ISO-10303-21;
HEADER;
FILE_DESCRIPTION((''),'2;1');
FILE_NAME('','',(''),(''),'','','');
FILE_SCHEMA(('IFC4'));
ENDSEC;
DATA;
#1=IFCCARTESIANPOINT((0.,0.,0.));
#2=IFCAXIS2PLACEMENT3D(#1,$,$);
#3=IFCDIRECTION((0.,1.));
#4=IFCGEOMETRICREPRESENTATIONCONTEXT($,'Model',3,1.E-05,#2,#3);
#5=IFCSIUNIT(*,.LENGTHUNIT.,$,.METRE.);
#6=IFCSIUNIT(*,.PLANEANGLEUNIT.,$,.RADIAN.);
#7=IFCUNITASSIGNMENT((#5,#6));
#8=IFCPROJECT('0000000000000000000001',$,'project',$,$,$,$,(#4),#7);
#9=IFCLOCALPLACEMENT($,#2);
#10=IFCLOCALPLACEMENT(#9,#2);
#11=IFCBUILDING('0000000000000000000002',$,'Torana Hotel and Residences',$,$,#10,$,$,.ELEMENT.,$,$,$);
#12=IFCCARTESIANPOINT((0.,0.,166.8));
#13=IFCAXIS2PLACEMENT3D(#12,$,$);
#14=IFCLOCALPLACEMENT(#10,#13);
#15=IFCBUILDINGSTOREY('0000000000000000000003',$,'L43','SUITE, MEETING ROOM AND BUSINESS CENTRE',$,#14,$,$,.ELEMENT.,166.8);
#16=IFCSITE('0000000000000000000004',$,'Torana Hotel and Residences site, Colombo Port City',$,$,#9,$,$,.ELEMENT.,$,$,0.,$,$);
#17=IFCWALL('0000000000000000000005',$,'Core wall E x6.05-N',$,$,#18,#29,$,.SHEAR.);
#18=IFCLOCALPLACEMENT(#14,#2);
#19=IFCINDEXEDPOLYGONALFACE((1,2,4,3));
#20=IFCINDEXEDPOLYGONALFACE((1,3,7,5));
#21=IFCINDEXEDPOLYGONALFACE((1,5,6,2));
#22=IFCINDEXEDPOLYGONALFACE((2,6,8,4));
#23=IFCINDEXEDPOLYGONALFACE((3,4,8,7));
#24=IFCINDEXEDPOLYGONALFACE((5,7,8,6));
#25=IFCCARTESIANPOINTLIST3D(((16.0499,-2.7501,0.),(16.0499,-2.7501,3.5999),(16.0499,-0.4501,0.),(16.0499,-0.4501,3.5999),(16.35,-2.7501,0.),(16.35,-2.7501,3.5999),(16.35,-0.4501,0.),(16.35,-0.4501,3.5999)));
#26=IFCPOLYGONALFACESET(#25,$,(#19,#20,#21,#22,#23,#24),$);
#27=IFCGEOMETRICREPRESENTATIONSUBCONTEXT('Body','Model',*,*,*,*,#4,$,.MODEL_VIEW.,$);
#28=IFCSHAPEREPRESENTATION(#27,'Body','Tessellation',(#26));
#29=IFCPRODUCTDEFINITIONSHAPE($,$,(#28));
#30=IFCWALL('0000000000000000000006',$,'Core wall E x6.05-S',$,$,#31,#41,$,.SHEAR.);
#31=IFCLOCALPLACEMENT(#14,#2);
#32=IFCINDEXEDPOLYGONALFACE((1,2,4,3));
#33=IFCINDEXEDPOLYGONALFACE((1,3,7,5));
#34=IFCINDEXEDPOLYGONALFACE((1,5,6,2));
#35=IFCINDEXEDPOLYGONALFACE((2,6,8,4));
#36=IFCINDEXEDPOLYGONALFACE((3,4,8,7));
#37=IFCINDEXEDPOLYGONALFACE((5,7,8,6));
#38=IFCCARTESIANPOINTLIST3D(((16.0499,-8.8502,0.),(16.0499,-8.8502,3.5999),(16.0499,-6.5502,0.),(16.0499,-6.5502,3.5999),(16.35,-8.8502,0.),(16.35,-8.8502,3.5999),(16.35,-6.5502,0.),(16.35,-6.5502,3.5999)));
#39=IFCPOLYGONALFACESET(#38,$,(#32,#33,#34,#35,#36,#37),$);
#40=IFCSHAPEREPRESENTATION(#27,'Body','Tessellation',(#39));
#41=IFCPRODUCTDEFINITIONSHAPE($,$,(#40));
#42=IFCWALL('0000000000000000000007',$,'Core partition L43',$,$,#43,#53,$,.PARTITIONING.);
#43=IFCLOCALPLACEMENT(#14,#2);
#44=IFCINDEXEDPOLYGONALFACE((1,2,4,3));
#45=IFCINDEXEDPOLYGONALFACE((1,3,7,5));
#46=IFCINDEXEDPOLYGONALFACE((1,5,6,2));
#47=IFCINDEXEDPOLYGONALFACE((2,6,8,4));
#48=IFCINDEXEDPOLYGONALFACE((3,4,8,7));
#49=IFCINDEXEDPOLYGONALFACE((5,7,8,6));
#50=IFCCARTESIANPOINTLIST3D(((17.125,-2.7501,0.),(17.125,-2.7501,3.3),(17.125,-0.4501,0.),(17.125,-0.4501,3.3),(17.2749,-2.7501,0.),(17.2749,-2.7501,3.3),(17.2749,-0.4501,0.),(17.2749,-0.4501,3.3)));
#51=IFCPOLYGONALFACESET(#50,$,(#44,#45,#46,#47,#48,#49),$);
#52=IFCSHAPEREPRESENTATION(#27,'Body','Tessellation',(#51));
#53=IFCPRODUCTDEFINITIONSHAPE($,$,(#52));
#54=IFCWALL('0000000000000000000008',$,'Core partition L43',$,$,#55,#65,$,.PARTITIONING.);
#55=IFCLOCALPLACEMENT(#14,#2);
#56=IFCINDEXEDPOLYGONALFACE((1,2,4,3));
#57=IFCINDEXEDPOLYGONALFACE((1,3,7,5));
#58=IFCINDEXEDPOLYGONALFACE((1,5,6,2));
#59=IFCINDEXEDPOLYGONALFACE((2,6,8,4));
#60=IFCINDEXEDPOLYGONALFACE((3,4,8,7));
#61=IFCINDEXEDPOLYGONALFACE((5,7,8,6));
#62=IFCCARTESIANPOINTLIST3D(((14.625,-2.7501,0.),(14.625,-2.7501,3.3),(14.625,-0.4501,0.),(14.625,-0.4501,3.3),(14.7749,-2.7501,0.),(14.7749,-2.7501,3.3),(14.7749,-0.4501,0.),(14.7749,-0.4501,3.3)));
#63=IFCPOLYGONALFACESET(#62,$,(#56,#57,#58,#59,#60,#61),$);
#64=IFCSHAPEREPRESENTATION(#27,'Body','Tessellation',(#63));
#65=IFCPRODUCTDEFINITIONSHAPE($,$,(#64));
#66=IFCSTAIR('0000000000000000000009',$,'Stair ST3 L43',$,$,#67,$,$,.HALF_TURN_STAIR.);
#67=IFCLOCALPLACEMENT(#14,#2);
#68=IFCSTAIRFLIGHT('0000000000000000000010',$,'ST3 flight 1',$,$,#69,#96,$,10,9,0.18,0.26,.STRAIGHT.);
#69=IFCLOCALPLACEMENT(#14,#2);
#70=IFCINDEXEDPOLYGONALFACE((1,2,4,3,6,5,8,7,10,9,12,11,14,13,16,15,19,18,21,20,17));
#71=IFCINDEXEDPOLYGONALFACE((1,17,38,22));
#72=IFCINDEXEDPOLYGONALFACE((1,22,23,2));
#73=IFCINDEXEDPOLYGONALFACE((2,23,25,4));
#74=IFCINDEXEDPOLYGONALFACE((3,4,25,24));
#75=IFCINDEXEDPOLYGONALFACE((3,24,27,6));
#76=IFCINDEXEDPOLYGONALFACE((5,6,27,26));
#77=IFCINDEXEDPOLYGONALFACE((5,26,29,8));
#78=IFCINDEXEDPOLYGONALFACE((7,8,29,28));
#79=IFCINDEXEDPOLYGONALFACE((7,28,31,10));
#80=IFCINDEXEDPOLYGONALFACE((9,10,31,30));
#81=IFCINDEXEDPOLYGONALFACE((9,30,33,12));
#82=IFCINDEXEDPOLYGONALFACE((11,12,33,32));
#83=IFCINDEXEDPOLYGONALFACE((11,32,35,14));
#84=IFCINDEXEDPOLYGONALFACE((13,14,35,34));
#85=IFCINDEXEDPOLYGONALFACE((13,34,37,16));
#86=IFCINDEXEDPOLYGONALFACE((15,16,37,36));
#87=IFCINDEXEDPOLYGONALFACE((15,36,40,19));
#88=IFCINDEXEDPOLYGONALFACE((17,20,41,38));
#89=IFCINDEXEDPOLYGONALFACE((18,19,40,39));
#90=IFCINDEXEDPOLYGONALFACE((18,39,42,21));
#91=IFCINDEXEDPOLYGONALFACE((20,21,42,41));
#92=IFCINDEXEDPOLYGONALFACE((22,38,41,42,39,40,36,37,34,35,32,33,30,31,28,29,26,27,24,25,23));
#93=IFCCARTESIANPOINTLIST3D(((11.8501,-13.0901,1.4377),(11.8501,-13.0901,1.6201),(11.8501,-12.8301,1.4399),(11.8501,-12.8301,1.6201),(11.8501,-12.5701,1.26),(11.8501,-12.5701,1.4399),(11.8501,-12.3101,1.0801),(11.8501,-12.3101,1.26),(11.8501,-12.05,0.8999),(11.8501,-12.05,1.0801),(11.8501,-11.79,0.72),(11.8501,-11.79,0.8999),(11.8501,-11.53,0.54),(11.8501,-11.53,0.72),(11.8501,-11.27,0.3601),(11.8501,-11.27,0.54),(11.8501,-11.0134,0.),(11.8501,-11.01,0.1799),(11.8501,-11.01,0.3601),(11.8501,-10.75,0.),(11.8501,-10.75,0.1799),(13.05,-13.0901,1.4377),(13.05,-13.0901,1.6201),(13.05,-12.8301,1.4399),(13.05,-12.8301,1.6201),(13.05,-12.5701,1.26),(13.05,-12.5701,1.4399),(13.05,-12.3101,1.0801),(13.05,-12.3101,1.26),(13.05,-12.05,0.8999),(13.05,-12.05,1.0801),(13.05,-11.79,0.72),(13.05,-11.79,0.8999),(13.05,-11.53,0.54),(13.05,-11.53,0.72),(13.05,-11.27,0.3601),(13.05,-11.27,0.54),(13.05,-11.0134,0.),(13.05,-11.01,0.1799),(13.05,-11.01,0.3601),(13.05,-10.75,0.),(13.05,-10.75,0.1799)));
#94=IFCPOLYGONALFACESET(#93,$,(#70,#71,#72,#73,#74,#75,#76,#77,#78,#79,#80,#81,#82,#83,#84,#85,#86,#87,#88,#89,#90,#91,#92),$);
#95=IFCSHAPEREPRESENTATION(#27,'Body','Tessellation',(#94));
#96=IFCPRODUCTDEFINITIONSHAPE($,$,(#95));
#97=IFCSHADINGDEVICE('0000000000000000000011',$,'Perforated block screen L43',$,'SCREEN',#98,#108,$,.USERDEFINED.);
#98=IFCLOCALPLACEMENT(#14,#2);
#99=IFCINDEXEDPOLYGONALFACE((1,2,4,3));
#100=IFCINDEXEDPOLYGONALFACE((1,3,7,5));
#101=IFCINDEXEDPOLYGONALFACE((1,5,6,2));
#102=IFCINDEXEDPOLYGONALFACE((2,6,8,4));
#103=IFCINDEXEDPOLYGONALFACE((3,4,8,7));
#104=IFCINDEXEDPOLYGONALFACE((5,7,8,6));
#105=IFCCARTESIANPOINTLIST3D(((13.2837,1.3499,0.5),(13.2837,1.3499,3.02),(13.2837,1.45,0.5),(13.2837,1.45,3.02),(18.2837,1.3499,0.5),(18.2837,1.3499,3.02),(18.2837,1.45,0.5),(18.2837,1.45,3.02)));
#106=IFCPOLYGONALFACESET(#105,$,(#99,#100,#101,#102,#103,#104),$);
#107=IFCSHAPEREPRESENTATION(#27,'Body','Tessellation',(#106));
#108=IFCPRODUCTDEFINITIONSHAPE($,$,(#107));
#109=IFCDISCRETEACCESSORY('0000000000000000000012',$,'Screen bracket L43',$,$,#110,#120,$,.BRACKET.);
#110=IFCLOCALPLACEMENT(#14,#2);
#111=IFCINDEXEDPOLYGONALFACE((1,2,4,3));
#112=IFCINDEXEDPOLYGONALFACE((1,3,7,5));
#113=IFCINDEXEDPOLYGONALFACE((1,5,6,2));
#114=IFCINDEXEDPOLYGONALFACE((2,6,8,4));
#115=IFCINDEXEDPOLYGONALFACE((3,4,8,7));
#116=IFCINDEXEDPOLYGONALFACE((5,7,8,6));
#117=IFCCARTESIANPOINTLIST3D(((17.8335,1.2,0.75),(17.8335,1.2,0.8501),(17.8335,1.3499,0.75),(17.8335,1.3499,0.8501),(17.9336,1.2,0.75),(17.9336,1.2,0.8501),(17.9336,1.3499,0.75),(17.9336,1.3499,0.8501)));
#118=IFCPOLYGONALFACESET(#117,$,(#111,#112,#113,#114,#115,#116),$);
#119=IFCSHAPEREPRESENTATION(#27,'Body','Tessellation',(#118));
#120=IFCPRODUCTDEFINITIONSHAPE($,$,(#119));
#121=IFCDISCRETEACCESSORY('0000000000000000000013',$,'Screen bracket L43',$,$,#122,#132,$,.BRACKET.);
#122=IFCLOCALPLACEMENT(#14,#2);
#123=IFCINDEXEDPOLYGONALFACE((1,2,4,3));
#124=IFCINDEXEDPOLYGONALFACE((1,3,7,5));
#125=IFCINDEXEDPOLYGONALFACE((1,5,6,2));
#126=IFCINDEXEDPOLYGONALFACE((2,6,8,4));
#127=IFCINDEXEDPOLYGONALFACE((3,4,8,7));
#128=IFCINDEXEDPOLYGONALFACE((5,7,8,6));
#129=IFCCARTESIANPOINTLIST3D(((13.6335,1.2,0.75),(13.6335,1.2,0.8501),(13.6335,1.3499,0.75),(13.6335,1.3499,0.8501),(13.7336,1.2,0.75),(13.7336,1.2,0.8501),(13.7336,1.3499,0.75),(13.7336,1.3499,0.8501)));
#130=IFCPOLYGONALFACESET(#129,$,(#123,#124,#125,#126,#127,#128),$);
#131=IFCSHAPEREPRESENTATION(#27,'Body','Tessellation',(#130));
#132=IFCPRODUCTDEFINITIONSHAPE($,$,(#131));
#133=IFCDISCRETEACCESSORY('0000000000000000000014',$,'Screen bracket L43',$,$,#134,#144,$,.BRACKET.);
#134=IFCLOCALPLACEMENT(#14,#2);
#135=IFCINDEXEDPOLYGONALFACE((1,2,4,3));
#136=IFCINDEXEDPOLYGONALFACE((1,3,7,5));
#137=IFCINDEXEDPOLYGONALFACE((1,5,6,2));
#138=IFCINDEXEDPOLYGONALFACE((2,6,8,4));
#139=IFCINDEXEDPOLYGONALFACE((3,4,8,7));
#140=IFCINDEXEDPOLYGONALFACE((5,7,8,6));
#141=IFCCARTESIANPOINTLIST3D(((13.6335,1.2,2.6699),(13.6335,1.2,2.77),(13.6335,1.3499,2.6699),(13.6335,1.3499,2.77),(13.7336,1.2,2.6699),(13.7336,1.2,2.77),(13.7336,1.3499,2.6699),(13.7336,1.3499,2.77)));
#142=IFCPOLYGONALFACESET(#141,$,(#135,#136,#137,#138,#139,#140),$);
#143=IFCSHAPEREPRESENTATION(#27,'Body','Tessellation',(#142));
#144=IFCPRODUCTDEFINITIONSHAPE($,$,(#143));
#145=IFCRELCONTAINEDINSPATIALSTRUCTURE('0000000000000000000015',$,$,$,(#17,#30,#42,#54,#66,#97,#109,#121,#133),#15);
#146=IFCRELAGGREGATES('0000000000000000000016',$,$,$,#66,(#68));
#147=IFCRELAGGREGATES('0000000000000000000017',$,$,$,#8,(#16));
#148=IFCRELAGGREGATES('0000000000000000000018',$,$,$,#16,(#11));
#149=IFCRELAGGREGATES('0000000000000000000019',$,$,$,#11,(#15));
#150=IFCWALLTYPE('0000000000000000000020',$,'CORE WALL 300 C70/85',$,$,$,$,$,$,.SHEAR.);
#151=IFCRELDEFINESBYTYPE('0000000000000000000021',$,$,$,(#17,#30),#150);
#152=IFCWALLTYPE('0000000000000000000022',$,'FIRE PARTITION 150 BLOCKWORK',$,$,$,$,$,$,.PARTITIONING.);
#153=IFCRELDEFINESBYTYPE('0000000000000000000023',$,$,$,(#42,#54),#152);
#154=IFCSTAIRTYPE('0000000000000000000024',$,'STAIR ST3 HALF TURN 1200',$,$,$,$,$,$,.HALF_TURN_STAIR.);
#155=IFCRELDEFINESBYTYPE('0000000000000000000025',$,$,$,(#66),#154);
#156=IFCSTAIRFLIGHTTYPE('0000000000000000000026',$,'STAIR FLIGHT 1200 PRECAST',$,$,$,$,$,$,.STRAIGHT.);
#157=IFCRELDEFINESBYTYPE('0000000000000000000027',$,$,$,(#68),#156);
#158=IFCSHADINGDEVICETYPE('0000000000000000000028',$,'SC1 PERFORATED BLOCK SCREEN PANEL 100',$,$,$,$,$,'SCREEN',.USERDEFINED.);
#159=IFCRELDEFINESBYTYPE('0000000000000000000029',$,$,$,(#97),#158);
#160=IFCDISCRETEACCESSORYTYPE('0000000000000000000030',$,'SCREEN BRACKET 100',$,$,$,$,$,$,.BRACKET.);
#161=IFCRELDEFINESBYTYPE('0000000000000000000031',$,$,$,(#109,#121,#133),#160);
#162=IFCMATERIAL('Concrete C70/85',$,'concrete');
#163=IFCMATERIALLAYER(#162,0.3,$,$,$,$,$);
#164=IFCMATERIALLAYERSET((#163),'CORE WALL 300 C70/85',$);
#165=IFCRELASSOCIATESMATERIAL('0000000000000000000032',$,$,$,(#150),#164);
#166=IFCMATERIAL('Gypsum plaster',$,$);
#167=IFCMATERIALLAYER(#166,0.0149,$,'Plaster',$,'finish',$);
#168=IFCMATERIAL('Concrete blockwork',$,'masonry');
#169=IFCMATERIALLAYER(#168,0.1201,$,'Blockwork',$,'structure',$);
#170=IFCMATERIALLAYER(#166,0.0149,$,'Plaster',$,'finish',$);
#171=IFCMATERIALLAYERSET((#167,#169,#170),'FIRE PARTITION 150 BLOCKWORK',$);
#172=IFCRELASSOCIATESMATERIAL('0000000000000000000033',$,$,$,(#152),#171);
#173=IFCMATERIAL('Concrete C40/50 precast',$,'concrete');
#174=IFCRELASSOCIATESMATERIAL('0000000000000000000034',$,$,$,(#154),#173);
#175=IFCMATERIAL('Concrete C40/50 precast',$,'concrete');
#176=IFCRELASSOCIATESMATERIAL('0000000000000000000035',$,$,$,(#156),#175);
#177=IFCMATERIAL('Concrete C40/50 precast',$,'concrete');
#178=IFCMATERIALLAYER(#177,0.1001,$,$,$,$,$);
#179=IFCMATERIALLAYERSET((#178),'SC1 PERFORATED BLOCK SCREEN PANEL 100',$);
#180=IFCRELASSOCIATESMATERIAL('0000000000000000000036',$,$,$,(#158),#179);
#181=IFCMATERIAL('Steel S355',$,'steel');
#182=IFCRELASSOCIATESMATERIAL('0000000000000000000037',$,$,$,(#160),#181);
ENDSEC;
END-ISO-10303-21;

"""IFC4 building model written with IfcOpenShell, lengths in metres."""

from ifc_helpers import new_model, si_unit, direction, frame, frame_2d, origin, origin_2d, place, context, subcontext, project, spatial, polyline, rectangle, outline, extrude, material, layer, layer_set, type_object, element, aggregate, save


model = new_model("IFC4")

# Units and contexts
model_context = context("Model", 3, precision=1e-05, world=origin(), true_north=direction((0.0, 1.0)))
body_context = subcontext(model_context, "Body", "Model", "MODEL_VIEW")
ifc_project = project(units=[si_unit("LENGTHUNIT", "METRE"), si_unit("PLANEANGLEUNIT", "RADIAN")], contexts=[model_context])

# Site, building, storey
site_placement = place(None, origin())
site = spatial("IfcSite", under=ifc_project, at=site_placement, Name="Torana Hotel and Residences site, Colombo Port City", CompositionType="ELEMENT", RefElevation=0.0)
building_placement = place(site_placement, origin())
building = spatial("IfcBuilding", under=site, at=building_placement, Name="Torana Hotel and Residences", CompositionType="ELEMENT")
storey_placement = place(building_placement, frame((0.0, 0.0, 166.8)))
storey = spatial("IfcBuildingStorey", under=building, at=storey_placement, Name="L43", Description="SUITE, MEETING ROOM AND BUSINESS CENTRE", CompositionType="ELEMENT", Elevation=166.8)

# Shared definitions
ifc_material_1 = material(Name="Concrete C70/85", Category="concrete")
ifc_layer_1 = layer(ifc_material_1, 0.3)
ifc_layer_set_1 = layer_set([ifc_layer_1], Name="CORE WALL 300 C70/85")
wall_type_1 = type_object("IfcWallType", Name="CORE WALL 300 C70/85", PredefinedType="SHEAR", material=ifc_layer_set_1)

# Walls
for number, where, z_axis, x_axis, name in (
    (1, (16.2, -2.75, 0.0), (0.0, 0.0, 1.0), (0.0, 1.0, 0.0), "Core wall E x6.05-N"),
    (2, (16.2, -8.8501, 0.0), (0.0, 0.0, 1.0), (0.0, 1.0, 0.0), "Core wall E x6.05-S"),
):
    element("IfcWall", number, at=place(storey_placement, frame(where, z_axis=z_axis, x_axis=x_axis)), inside=storey, type_object=wall_type_1, Name=name, PredefinedType="SHEAR", context=body_context, shape_type="SweptSolid", body=[
        extrude(rectangle(XDim=2.3, YDim=0.3, at=frame_2d((1.1499, 0.0))), origin(), (0.0, 0.0, 1.0), 3.5999),
    ])
ifc_material_2 = material(Name="Gypsum plaster")
ifc_layer_2 = layer(ifc_material_2, 0.0149, Name="Plaster", Category="finish")
ifc_material_3 = material(Name="Concrete blockwork", Category="masonry")
ifc_layer_3 = layer(ifc_material_3, 0.1201, Name="Blockwork", Category="structure")
ifc_layer_4 = layer(ifc_material_2, 0.0149, Name="Plaster", Category="finish")
ifc_layer_set_2 = layer_set([ifc_layer_2, ifc_layer_3, ifc_layer_4], Name="FIRE PARTITION 150 BLOCKWORK")
wall_type_2 = type_object("IfcWallType", Name="FIRE PARTITION 150 BLOCKWORK", PredefinedType="PARTITIONING", material=ifc_layer_set_2)
for number, where, z_axis, x_axis, name in (
    (3, (17.2, -2.75, 0.0), (0.0, 0.0, 1.0), (0.0, 1.0, 0.0), "Core partition L43"),
    (4, (14.7, -2.75, 0.0), (0.0, 0.0, 1.0), (0.0, 1.0, 0.0), "Core partition L43"),
):
    element("IfcWall", number, at=place(storey_placement, frame(where, z_axis=z_axis, x_axis=x_axis)), inside=storey, type_object=wall_type_2, Name=name, PredefinedType="PARTITIONING", context=body_context, shape_type="SweptSolid", body=[
        extrude(rectangle(XDim=2.3, YDim=0.1499, at=frame_2d((1.1499, 0.0))), origin(), (0.0, 0.0, 1.0), 3.3),
    ])

# Stair, stair flight
ifc_material_4 = material(Name="Concrete C40/50 precast", Category="concrete")
stair_type = type_object("IfcStairType", Name="STAIR ST3 HALF TURN 1200", PredefinedType="HALF_TURN_STAIR", material=ifc_material_4)
stair_placement = place(storey_placement, origin())
stair = element("IfcStair", 5, at=stair_placement, inside=storey, type_object=stair_type, Name="Stair ST3 L43", PredefinedType="HALF_TURN_STAIR")
ifc_material_5 = material(Name="Concrete C40/50 precast", Category="concrete")
stair_flight_type = type_object("IfcStairFlightType", Name="STAIR FLIGHT 1200 PRECAST", PredefinedType="STRAIGHT", material=ifc_material_5)
stair_flight_placement = place(storey_placement, frame((12.45, -10.75, 0.0), z_axis=(0.0, 0.0, 1.0), x_axis=(0.0, -1.0, 0.0)))
stair_flight = element("IfcStairFlight", 6, at=stair_flight_placement, type_object=stair_flight_type, Name="ST3 flight 1", NumberOfRisers=10, NumberOfTreads=9, PredefinedType="STRAIGHT", RiserHeight=0.18, TreadLength=0.26, context=body_context, shape_type="SweptSolid", body=[
    extrude(outline(polyline([(0.0, 0.0), (0.0, 0.1799), (0.26, 0.1799), (0.26, 0.3601), (0.52, 0.3601), (0.52, 0.54), (0.78, 0.54), (0.78, 0.72), (1.04, 0.72), (1.04, 0.8999), (1.3, 0.8999), (1.3, 1.0801), (1.5601, 1.0801), (1.5601, 1.26), (1.8201, 1.26), (1.8201, 1.4399), (2.0801, 1.4399), (2.0801, 1.6201), (2.3401, 1.6201), (2.3401, 1.8), (2.3401, 1.4377), (0.2634, 0.0), (0.0, 0.0)])), frame((0.0, 0.6001, 0.0), z_axis=(0.0, -1.0, 0.0), x_axis=(1.0, 0.0, 0.0)), (0.0, 0.0, 1.0), 1.2),
])
aggregate(stair, [stair_flight])

# Shading device
ifc_material_6 = material(Name="Concrete C40/50 precast", Category="concrete")
ifc_layer_5 = layer(ifc_material_6, 0.1001)
ifc_layer_set_3 = layer_set([ifc_layer_5], Name="SC1 PERFORATED BLOCK SCREEN PANEL 100")
shading_device_type = type_object("IfcShadingDeviceType", Name="SC1 PERFORATED BLOCK SCREEN PANEL 100", ElementType="SCREEN", PredefinedType="USERDEFINED", material=ifc_layer_set_3)
shading_device_placement = place(storey_placement, frame((15.7837, 1.3999, 0.5), z_axis=(0.0, 0.0, 1.0), x_axis=(-1.0, 0.0, 0.0)))
element("IfcShadingDevice", 7, at=shading_device_placement, inside=storey, type_object=shading_device_type, Name="Perforated block screen L43", ObjectType="SCREEN", PredefinedType="USERDEFINED", context=body_context, shape_type="SweptSolid", body=[
    extrude(rectangle(XDim=5.0, YDim=0.1001, at=origin_2d()), origin(), (0.0, 0.0, 1.0), 2.52),
])

# Discrete accessories
ifc_material_7 = material(Name="Steel S355", Category="steel")
discrete_accessory_type = type_object("IfcDiscreteAccessoryType", Name="SCREEN BRACKET 100", PredefinedType="BRACKET", material=ifc_material_7)
for number, where, z_axis, x_axis, name in (
    (8, (17.8835, 1.2749, 0.75), (0.0, 0.0, 1.0), (-1.0, 0.0, 0.0), "Screen bracket L43"),
    (9, (13.6836, 1.2749, 0.75), (0.0, 0.0, 1.0), (-1.0, 0.0, 0.0), "Screen bracket L43"),
    (10, (13.6836, 1.2749, 2.6699), (0.0, 0.0, 1.0), (-1.0, 0.0, 0.0), "Screen bracket L43"),
):
    element("IfcDiscreteAccessory", number, at=place(storey_placement, frame(where, z_axis=z_axis, x_axis=x_axis)), inside=storey, type_object=discrete_accessory_type, Name=name, PredefinedType="BRACKET", context=body_context, shape_type="SweptSolid", body=[
        extrude(rectangle(XDim=0.1001, YDim=0.1499, at=origin_2d()), origin(), (0.0, 0.0, 1.0), 0.1001),
    ])

save(model, "model.ifc")
